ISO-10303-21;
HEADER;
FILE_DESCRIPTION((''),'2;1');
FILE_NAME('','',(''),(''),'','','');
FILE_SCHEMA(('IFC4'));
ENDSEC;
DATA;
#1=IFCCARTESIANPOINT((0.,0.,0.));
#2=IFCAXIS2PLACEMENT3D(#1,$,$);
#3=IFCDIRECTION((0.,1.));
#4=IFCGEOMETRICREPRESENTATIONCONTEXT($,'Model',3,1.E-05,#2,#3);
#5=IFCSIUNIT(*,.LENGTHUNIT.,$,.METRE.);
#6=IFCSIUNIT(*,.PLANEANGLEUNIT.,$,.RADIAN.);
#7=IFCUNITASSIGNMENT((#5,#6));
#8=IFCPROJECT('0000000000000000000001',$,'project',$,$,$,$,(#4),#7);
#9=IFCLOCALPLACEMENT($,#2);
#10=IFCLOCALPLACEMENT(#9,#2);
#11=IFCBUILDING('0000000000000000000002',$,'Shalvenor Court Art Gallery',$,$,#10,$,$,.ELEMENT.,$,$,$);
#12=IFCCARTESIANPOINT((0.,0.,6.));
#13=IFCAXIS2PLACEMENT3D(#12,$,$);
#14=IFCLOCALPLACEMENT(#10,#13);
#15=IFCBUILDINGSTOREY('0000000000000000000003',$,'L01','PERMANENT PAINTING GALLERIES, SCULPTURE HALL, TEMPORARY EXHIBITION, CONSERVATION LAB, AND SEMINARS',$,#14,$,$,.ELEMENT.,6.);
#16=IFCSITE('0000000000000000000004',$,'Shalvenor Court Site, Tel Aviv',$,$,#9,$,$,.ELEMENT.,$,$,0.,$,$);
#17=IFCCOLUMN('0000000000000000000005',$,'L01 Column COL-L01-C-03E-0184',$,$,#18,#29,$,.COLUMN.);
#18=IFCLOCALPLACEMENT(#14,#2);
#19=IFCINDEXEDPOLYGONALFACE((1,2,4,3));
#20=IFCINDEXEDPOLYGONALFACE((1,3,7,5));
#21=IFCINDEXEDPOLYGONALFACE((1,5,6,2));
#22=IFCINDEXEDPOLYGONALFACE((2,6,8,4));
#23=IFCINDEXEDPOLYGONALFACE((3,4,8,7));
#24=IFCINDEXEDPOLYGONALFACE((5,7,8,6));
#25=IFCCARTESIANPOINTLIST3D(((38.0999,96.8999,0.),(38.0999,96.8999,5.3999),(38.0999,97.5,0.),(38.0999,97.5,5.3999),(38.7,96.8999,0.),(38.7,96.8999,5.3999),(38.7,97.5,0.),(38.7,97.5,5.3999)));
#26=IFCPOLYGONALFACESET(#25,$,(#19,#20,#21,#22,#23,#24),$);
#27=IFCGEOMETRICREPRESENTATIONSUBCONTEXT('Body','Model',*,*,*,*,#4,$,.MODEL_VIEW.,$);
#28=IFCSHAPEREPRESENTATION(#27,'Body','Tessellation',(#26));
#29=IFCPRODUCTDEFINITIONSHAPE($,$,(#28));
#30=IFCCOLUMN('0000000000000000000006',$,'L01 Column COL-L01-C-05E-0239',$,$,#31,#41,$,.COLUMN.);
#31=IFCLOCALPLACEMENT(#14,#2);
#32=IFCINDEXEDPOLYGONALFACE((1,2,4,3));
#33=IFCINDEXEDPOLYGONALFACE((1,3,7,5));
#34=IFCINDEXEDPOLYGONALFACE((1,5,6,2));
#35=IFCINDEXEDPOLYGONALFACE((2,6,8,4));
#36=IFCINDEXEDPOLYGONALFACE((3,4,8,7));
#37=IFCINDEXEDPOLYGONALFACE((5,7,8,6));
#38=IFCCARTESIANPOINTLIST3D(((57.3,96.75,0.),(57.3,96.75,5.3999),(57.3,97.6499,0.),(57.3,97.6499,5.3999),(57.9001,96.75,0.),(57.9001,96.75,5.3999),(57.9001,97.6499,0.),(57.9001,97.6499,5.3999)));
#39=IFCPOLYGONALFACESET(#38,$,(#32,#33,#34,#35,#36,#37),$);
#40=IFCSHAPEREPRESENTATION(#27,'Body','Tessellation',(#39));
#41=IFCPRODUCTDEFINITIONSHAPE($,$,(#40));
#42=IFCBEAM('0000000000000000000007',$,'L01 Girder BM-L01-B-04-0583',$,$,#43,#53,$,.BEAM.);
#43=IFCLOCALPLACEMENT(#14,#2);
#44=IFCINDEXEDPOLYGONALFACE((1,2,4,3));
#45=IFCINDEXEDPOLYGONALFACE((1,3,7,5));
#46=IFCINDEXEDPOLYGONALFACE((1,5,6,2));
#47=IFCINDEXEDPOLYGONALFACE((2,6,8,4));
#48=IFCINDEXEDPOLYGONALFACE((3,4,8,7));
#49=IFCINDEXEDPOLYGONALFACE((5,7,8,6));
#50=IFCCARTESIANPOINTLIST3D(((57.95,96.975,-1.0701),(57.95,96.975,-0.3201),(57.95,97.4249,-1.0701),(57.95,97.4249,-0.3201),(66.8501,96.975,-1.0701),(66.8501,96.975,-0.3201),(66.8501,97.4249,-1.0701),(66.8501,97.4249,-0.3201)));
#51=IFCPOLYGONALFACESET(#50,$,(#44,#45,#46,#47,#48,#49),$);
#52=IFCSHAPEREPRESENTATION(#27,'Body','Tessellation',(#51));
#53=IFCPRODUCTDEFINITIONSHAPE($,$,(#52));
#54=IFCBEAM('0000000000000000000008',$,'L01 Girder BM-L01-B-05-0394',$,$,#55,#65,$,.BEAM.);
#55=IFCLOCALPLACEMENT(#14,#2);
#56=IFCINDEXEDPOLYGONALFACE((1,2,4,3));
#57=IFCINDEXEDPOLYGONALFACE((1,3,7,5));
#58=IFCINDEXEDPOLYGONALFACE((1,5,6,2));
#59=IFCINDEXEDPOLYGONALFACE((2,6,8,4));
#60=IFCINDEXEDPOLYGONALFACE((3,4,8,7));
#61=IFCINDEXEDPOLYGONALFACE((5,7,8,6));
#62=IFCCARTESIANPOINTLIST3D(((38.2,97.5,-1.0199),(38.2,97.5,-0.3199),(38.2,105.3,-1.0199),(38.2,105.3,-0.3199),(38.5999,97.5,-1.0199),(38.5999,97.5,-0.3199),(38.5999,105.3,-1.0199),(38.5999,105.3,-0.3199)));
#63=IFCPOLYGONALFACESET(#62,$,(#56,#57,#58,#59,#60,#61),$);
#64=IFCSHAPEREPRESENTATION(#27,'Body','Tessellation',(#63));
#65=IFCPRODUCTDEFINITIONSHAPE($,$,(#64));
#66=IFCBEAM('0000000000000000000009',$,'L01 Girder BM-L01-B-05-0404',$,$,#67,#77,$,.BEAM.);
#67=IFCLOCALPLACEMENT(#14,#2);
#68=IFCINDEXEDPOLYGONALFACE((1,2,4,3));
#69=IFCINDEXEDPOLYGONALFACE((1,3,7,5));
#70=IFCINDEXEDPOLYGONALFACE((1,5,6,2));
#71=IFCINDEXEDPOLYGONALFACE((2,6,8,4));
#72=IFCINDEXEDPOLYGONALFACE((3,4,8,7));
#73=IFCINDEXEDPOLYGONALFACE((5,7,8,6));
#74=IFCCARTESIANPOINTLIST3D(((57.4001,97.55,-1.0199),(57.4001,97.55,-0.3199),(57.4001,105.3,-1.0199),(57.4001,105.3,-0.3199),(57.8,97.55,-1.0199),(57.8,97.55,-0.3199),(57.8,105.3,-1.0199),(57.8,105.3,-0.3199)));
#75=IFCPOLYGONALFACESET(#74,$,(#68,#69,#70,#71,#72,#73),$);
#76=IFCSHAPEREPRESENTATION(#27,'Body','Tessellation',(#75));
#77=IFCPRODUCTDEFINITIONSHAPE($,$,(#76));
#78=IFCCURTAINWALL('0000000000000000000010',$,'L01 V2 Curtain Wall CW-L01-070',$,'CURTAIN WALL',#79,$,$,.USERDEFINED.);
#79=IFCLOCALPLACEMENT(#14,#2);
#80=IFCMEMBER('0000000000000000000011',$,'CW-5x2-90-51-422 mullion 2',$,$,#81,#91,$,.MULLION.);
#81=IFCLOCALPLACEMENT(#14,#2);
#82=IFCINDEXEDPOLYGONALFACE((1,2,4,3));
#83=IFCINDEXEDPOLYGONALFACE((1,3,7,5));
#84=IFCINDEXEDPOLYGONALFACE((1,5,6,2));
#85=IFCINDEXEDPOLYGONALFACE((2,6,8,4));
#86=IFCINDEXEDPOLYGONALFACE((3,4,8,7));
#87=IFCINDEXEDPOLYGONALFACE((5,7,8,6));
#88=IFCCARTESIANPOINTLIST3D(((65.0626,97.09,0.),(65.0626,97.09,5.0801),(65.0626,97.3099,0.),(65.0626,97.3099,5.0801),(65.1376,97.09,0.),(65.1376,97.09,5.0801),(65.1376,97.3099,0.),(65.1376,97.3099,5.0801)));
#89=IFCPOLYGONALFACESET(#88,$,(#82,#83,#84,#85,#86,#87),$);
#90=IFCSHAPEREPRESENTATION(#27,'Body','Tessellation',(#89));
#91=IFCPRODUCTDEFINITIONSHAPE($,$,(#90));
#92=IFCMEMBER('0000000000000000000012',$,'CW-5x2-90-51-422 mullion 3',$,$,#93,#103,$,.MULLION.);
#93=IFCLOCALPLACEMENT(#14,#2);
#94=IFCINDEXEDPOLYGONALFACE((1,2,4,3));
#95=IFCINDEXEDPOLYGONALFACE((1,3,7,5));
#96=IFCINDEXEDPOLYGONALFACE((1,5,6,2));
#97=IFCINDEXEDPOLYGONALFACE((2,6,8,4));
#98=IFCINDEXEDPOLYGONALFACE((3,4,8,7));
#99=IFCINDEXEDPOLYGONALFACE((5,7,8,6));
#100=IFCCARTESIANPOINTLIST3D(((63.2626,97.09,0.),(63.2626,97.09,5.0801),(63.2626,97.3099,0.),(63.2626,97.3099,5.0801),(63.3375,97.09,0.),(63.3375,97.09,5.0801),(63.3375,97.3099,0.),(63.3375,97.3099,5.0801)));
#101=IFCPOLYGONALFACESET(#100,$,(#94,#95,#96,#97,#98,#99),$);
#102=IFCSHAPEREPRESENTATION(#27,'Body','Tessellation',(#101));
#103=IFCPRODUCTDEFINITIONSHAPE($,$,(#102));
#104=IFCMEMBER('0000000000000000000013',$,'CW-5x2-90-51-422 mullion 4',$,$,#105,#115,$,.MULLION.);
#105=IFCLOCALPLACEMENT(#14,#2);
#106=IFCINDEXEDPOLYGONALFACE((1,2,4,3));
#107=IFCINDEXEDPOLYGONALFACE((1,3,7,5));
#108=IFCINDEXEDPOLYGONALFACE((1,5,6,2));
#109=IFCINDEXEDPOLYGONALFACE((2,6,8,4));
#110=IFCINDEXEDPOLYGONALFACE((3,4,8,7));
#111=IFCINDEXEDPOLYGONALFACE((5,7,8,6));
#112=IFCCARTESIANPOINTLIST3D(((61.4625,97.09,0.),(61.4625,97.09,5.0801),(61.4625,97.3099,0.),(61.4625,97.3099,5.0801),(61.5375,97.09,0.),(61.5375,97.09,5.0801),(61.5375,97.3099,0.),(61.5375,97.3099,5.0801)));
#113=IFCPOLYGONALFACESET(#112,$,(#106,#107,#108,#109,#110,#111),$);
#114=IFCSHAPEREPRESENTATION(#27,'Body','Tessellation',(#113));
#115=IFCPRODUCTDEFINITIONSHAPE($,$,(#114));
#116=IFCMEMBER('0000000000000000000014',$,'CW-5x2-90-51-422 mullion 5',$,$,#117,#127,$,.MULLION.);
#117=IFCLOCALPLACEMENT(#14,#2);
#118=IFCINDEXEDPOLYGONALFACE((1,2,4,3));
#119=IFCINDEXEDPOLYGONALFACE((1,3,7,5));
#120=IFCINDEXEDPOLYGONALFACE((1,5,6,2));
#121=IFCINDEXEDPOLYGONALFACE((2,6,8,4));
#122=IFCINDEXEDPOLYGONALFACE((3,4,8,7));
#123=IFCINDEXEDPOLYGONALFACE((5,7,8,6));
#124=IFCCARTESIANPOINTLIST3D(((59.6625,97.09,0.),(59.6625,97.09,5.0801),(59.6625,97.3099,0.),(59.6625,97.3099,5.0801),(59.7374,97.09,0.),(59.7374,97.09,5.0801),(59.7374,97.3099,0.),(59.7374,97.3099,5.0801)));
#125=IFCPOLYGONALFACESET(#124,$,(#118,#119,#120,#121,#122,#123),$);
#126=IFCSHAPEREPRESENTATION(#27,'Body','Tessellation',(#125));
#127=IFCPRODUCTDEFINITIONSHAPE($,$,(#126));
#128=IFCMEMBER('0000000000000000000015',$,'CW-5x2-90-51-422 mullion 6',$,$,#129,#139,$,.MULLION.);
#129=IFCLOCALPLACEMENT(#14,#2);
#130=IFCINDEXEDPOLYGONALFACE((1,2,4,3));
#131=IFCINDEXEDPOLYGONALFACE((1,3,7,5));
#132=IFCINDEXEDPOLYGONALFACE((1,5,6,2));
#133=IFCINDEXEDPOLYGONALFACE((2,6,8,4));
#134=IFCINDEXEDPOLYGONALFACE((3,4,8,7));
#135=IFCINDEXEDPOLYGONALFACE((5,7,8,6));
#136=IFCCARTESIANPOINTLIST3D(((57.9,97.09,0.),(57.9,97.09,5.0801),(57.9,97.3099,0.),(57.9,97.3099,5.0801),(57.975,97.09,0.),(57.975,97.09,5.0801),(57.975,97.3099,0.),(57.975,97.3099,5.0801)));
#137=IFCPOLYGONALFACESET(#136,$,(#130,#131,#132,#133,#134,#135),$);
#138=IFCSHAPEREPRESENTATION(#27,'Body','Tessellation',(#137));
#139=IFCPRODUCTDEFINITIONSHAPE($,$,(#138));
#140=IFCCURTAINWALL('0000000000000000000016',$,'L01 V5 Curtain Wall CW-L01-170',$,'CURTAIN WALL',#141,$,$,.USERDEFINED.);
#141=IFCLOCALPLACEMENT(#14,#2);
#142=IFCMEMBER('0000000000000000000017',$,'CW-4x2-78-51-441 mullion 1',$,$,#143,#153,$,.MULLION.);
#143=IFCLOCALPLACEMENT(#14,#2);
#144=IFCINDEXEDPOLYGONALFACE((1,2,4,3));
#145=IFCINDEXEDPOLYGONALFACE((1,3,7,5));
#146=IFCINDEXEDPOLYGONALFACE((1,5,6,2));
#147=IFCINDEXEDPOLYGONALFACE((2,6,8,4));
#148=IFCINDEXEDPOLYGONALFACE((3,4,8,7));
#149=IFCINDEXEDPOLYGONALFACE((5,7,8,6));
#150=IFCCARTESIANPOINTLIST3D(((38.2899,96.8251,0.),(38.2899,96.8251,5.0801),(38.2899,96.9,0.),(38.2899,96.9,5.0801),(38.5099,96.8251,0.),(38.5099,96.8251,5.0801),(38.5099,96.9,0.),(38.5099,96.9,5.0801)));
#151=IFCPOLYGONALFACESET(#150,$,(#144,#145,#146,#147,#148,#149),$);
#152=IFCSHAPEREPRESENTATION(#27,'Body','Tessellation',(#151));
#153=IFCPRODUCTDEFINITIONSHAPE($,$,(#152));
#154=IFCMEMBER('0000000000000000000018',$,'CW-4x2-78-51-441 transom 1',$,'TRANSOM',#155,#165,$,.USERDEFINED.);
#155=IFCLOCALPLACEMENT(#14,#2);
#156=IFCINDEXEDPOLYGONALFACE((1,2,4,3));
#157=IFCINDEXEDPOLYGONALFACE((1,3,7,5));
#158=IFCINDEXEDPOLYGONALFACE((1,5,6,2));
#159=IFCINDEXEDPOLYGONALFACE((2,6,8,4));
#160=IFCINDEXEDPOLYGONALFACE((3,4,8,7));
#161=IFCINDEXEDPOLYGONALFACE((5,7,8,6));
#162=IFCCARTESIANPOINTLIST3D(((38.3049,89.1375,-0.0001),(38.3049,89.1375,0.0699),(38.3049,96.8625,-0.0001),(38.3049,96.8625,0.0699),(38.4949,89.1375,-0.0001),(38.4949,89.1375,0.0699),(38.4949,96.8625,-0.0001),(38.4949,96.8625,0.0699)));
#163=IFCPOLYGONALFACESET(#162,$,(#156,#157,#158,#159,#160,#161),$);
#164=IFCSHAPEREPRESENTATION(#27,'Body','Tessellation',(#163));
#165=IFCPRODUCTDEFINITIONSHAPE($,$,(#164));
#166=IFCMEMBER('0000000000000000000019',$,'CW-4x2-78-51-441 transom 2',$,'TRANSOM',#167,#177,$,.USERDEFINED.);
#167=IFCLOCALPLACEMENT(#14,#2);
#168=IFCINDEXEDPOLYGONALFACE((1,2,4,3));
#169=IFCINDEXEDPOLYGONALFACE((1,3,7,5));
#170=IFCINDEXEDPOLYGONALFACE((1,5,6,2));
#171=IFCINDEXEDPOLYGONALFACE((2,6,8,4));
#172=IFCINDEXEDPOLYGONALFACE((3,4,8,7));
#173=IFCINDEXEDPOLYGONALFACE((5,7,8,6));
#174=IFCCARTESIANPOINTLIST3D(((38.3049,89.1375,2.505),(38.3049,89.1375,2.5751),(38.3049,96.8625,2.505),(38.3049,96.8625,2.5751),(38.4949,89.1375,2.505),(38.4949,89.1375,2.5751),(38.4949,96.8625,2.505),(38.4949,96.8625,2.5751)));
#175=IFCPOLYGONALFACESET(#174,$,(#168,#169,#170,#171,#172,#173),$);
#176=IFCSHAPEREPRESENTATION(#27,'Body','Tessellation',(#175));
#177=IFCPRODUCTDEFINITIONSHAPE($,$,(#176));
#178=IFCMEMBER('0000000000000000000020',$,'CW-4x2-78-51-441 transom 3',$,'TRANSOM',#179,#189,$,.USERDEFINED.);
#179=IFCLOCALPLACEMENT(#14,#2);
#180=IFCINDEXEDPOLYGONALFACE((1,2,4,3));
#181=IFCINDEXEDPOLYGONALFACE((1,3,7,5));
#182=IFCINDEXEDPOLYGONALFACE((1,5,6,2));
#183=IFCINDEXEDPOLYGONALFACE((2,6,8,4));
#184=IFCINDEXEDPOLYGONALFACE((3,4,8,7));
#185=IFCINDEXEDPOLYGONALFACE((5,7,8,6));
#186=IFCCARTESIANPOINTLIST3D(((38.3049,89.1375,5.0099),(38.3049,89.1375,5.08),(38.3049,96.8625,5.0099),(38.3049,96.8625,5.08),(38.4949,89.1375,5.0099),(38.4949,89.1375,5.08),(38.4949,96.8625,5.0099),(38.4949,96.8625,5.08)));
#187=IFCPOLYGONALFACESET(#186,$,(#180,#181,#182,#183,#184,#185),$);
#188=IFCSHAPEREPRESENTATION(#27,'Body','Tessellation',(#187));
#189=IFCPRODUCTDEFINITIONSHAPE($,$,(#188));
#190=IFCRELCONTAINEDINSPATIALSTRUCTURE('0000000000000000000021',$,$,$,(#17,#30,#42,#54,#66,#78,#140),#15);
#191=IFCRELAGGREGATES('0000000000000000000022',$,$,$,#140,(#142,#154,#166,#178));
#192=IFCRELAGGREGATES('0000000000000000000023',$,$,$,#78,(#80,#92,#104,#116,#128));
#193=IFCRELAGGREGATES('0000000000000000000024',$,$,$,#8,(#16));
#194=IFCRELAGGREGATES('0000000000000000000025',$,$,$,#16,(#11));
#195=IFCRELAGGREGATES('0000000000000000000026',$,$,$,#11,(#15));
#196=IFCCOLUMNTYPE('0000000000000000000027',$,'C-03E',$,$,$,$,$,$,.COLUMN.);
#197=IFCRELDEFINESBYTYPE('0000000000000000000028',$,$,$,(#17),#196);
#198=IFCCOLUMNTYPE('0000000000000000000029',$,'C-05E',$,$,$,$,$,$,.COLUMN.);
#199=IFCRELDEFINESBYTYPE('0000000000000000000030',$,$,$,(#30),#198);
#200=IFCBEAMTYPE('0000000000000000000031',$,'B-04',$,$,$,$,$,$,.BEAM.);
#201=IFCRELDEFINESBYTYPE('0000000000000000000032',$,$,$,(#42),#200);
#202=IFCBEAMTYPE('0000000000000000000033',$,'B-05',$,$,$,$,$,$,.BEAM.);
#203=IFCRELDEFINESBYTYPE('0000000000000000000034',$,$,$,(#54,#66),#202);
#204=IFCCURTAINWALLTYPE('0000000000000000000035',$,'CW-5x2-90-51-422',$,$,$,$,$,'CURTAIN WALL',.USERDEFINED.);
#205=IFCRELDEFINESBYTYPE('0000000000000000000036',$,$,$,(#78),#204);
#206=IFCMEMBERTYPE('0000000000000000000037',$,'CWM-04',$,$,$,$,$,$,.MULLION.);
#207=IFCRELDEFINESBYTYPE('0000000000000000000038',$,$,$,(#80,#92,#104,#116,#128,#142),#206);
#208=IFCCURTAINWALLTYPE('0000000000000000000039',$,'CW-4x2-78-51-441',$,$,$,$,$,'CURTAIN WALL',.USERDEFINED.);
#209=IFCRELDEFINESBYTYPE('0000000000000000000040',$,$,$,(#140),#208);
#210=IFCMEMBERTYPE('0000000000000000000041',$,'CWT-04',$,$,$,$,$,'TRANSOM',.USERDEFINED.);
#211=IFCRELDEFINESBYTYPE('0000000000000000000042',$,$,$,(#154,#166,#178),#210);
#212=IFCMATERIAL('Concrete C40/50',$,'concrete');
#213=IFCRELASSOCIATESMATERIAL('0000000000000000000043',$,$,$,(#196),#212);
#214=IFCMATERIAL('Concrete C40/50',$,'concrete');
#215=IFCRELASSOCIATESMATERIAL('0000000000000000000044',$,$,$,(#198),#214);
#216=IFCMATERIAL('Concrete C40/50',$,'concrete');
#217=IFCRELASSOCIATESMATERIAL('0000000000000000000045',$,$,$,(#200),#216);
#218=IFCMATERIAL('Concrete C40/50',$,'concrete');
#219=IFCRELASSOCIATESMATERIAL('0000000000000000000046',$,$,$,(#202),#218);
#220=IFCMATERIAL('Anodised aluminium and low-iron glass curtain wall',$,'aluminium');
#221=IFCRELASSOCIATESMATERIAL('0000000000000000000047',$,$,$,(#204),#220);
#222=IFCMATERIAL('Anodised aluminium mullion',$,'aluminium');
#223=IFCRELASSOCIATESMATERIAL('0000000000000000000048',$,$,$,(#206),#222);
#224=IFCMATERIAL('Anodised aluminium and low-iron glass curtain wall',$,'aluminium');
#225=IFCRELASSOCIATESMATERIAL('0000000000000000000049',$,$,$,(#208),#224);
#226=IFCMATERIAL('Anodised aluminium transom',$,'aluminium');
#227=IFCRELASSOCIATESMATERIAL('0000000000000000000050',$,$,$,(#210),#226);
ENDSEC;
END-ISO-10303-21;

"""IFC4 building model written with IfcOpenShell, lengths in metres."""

from ifc_helpers import new_model, si_unit, direction, frame, origin, origin_2d, place, context, subcontext, project, spatial, rectangle, extrude, material, material_profile, profile_set, type_object, element, aggregate, save


model = new_model("IFC4")

# Units and contexts
model_context = context("Model", 3, precision=1e-05, world=origin(), true_north=direction((0.0, 1.0)))
body_context = subcontext(model_context, "Body", "Model", "MODEL_VIEW")
ifc_project = project(units=[si_unit("LENGTHUNIT", "METRE"), si_unit("PLANEANGLEUNIT", "RADIAN")], contexts=[model_context])

# Site, building, storey
site_placement = place(None, origin())
site = spatial("IfcSite", under=ifc_project, at=site_placement, Name="Shalvenor Court Site, Tel Aviv", CompositionType="ELEMENT", RefElevation=0.0)
building_placement = place(site_placement, origin())
building = spatial("IfcBuilding", under=site, at=building_placement, Name="Shalvenor Court Art Gallery", CompositionType="ELEMENT")
storey_placement = place(building_placement, frame((0.0, 0.0, 6.0)))
storey = spatial("IfcBuildingStorey", under=building, at=storey_placement, Name="L01", Description="PERMANENT PAINTING GALLERIES, SCULPTURE HALL, TEMPORARY EXHIBITION, CONSERVATION LAB, AND SEMINARS", CompositionType="ELEMENT", Elevation=6.0)

# Columns
ifc_material_1 = material(Name="Concrete C40/50", Category="concrete")
ifc_material_profile_1 = material_profile(ifc_material_1, rectangle(XDim=0.6001, YDim=0.6001, at=origin_2d()), Name="RC 600x600")
ifc_profile_set_1 = profile_set([ifc_material_profile_1], Name="Concrete C40/50")
column_type_1 = type_object("IfcColumnType", Name="C-03E", PredefinedType="COLUMN", material=ifc_profile_set_1)
column_1_placement = place(storey_placement, frame((38.3999, 97.2, 0.0), z_axis=(0.0, 0.0, 1.0), x_axis=(1.0, 0.0, 0.0)))
element("IfcColumn", 1, at=column_1_placement, inside=storey, type_object=column_type_1, Name="L01 Column COL-L01-C-03E-0184", PredefinedType="COLUMN", context=body_context, shape_type="SweptSolid", body=[
    extrude(rectangle(XDim=0.6001, YDim=0.6001, at=origin_2d()), origin(), (0.0, 0.0, 1.0), 5.3999),
])
ifc_material_2 = material(Name="Concrete C40/50", Category="concrete")
ifc_material_profile_2 = material_profile(ifc_material_2, rectangle(XDim=0.6001, YDim=0.8999, at=origin_2d()), Name="RC 600x900")
ifc_profile_set_2 = profile_set([ifc_material_profile_2], Name="Concrete C40/50")
column_type_2 = type_object("IfcColumnType", Name="C-05E", PredefinedType="COLUMN", material=ifc_profile_set_2)
column_2_placement = place(storey_placement, frame((57.6001, 97.2, 0.0), z_axis=(0.0, 0.0, 1.0), x_axis=(1.0, 0.0, 0.0)))
element("IfcColumn", 2, at=column_2_placement, inside=storey, type_object=column_type_2, Name="L01 Column COL-L01-C-05E-0239", PredefinedType="COLUMN", context=body_context, shape_type="SweptSolid", body=[
    extrude(rectangle(XDim=0.6001, YDim=0.8999, at=origin_2d()), origin(), (0.0, 0.0, 1.0), 5.3999),
])

# Beams
ifc_material_3 = material(Name="Concrete C40/50", Category="concrete")
ifc_material_profile_3 = material_profile(ifc_material_3, rectangle(XDim=0.45, YDim=0.75, at=origin_2d()), Name="RC 450x750")
ifc_profile_set_3 = profile_set([ifc_material_profile_3], Name="Concrete C40/50")
beam_type_1 = type_object("IfcBeamType", Name="B-04", PredefinedType="BEAM", material=ifc_profile_set_3)
beam_1_placement = place(storey_placement, frame((57.95, 97.2, -0.6951), z_axis=(1.0, 0.0, 0.0), x_axis=(0.0, 1.0, 0.0)))
element("IfcBeam", 3, at=beam_1_placement, inside=storey, type_object=beam_type_1, Name="L01 Girder BM-L01-B-04-0583", PredefinedType="BEAM", context=body_context, shape_type="SweptSolid", body=[
    extrude(rectangle(XDim=0.45, YDim=0.75, at=origin_2d()), origin(), (0.0, 0.0, 1.0), 8.9001),
])
ifc_material_4 = material(Name="Concrete C40/50", Category="concrete")
ifc_material_profile_4 = material_profile(ifc_material_4, rectangle(XDim=0.3999, YDim=0.7, at=origin_2d()), Name="RC 400x700")
ifc_profile_set_4 = profile_set([ifc_material_profile_4], Name="Concrete C40/50")
beam_type_2 = type_object("IfcBeamType", Name="B-05", PredefinedType="BEAM", material=ifc_profile_set_4)
beam_2_placement = place(storey_placement, frame((38.3999, 97.5, -0.6699), z_axis=(0.0, 1.0, 0.0), x_axis=(-1.0, 0.0, 0.0)))
element("IfcBeam", 4, at=beam_2_placement, inside=storey, type_object=beam_type_2, Name="L01 Girder BM-L01-B-05-0394", PredefinedType="BEAM", context=body_context, shape_type="SweptSolid", body=[
    extrude(rectangle(XDim=0.3999, YDim=0.7, at=origin_2d()), origin(), (0.0, 0.0, 1.0), 7.8),
])
beam_3_placement = place(storey_placement, frame((57.6001, 97.55, -0.6699), z_axis=(0.0, 1.0, 0.0), x_axis=(-1.0, 0.0, 0.0)))
element("IfcBeam", 5, at=beam_3_placement, inside=storey, type_object=beam_type_2, Name="L01 Girder BM-L01-B-05-0404", PredefinedType="BEAM", context=body_context, shape_type="SweptSolid", body=[
    extrude(rectangle(XDim=0.3999, YDim=0.7, at=origin_2d()), origin(), (0.0, 0.0, 1.0), 7.75),
])

# Curtain walls, members
ifc_material_5 = material(Name="Anodised aluminium and low-iron glass curtain wall", Category="aluminium")
curtain_wall_type_1 = type_object("IfcCurtainWallType", Name="CW-5x2-90-51-422", ElementType="CURTAIN WALL", PredefinedType="USERDEFINED", material=ifc_material_5)
curtain_wall_1_placement = place(storey_placement, origin())
curtain_wall_1 = element("IfcCurtainWall", 6, at=curtain_wall_1_placement, inside=storey, type_object=curtain_wall_type_1, Name="L01 V2 Curtain Wall CW-L01-070", ObjectType="CURTAIN WALL", PredefinedType="USERDEFINED")
ifc_material_6 = material(Name="Anodised aluminium mullion", Category="aluminium")
ifc_material_profile_5 = material_profile(ifc_material_6, rectangle(XDim=0.075, YDim=0.22, at=origin_2d()), Name="CWM-04")
ifc_profile_set_5 = profile_set([ifc_material_profile_5], Name="Anodised aluminium mullion")
member_type_1 = type_object("IfcMemberType", Name="CWM-04", PredefinedType="MULLION", material=ifc_profile_set_5)
member_1_placement = place(storey_placement, frame((65.1001, 97.2, 0.0), z_axis=(0.0, 0.0, 1.0), x_axis=(-1.0, 0.0, 0.0)))
member_1 = element("IfcMember", 7, at=member_1_placement, type_object=member_type_1, Name="CW-5x2-90-51-422 mullion 2", PredefinedType="MULLION", context=body_context, shape_type="SweptSolid", body=[
    extrude(rectangle(XDim=0.075, YDim=0.22, at=origin_2d()), origin(), (0.0, 0.0, 1.0), 5.0801),
])
member_2_placement = place(storey_placement, frame((63.3, 97.2, 0.0), z_axis=(0.0, 0.0, 1.0), x_axis=(-1.0, 0.0, 0.0)))
member_2 = element("IfcMember", 8, at=member_2_placement, type_object=member_type_1, Name="CW-5x2-90-51-422 mullion 3", PredefinedType="MULLION", context=body_context, shape_type="SweptSolid", body=[
    extrude(rectangle(XDim=0.075, YDim=0.22, at=origin_2d()), origin(), (0.0, 0.0, 1.0), 5.0801),
])
member_3_placement = place(storey_placement, frame((61.5, 97.2, 0.0), z_axis=(0.0, 0.0, 1.0), x_axis=(-1.0, 0.0, 0.0)))
member_3 = element("IfcMember", 9, at=member_3_placement, type_object=member_type_1, Name="CW-5x2-90-51-422 mullion 4", PredefinedType="MULLION", context=body_context, shape_type="SweptSolid", body=[
    extrude(rectangle(XDim=0.075, YDim=0.22, at=origin_2d()), origin(), (0.0, 0.0, 1.0), 5.0801),
])
member_4_placement = place(storey_placement, frame((59.7, 97.2, 0.0), z_axis=(0.0, 0.0, 1.0), x_axis=(-1.0, 0.0, 0.0)))
member_4 = element("IfcMember", 10, at=member_4_placement, type_object=member_type_1, Name="CW-5x2-90-51-422 mullion 5", PredefinedType="MULLION", context=body_context, shape_type="SweptSolid", body=[
    extrude(rectangle(XDim=0.075, YDim=0.22, at=origin_2d()), origin(), (0.0, 0.0, 1.0), 5.0801),
])
member_5_placement = place(storey_placement, frame((57.9375, 97.2, 0.0), z_axis=(0.0, 0.0, 1.0), x_axis=(-1.0, 0.0, 0.0)))
member_5 = element("IfcMember", 11, at=member_5_placement, type_object=member_type_1, Name="CW-5x2-90-51-422 mullion 6", PredefinedType="MULLION", context=body_context, shape_type="SweptSolid", body=[
    extrude(rectangle(XDim=0.075, YDim=0.22, at=origin_2d()), origin(), (0.0, 0.0, 1.0), 5.0801),
])
ifc_material_7 = material(Name="Anodised aluminium and low-iron glass curtain wall", Category="aluminium")
curtain_wall_type_2 = type_object("IfcCurtainWallType", Name="CW-4x2-78-51-441", ElementType="CURTAIN WALL", PredefinedType="USERDEFINED", material=ifc_material_7)
curtain_wall_2_placement = place(storey_placement, origin())
curtain_wall_2 = element("IfcCurtainWall", 12, at=curtain_wall_2_placement, inside=storey, type_object=curtain_wall_type_2, Name="L01 V5 Curtain Wall CW-L01-170", ObjectType="CURTAIN WALL", PredefinedType="USERDEFINED")
member_6_placement = place(storey_placement, frame((38.3999, 96.8625, 0.0), z_axis=(0.0, 0.0, 1.0), x_axis=(0.0, -1.0, 0.0)))
member_6 = element("IfcMember", 13, at=member_6_placement, type_object=member_type_1, Name="CW-4x2-78-51-441 mullion 1", PredefinedType="MULLION", context=body_context, shape_type="SweptSolid", body=[
    extrude(rectangle(XDim=0.075, YDim=0.22, at=origin_2d()), origin(), (0.0, 0.0, 1.0), 5.0801),
])
ifc_material_8 = material(Name="Anodised aluminium transom", Category="aluminium")
ifc_material_profile_6 = material_profile(ifc_material_8, rectangle(XDim=0.1899, YDim=0.0701, at=origin_2d()), Name="CWT-04")
ifc_profile_set_6 = profile_set([ifc_material_profile_6], Name="Anodised aluminium transom")
member_type_2 = type_object("IfcMemberType", Name="CWT-04", ElementType="TRANSOM", PredefinedType="USERDEFINED", material=ifc_profile_set_6)
member_7_placement = place(storey_placement, frame((38.3999, 96.8625, 0.0349), z_axis=(0.0, -1.0, 0.0), x_axis=(1.0, 0.0, 0.0)))
member_7 = element("IfcMember", 14, at=member_7_placement, type_object=member_type_2, Name="CW-4x2-78-51-441 transom 1", ObjectType="TRANSOM", PredefinedType="USERDEFINED", context=body_context, shape_type="SweptSolid", body=[
    extrude(rectangle(XDim=0.1899, YDim=0.0701, at=origin_2d()), origin(), (0.0, 0.0, 1.0), 7.7251),
])
member_8_placement = place(storey_placement, frame((38.3999, 96.8625, 2.54), z_axis=(0.0, -1.0, 0.0), x_axis=(1.0, 0.0, 0.0)))
member_8 = element("IfcMember", 15, at=member_8_placement, type_object=member_type_2, Name="CW-4x2-78-51-441 transom 2", ObjectType="TRANSOM", PredefinedType="USERDEFINED", context=body_context, shape_type="SweptSolid", body=[
    extrude(rectangle(XDim=0.1899, YDim=0.0701, at=origin_2d()), origin(), (0.0, 0.0, 1.0), 7.7251),
])
member_9_placement = place(storey_placement, frame((38.3999, 96.8625, 5.0449), z_axis=(0.0, -1.0, 0.0), x_axis=(1.0, 0.0, 0.0)))
member_9 = element("IfcMember", 16, at=member_9_placement, type_object=member_type_2, Name="CW-4x2-78-51-441 transom 3", ObjectType="TRANSOM", PredefinedType="USERDEFINED", context=body_context, shape_type="SweptSolid", body=[
    extrude(rectangle(XDim=0.1899, YDim=0.0701, at=origin_2d()), origin(), (0.0, 0.0, 1.0), 7.7251),
])
aggregate(curtain_wall_2, [member_6, member_7, member_8, member_9])

aggregate(curtain_wall_1, [member_1, member_2, member_3, member_4, member_5])

save(model, "model.ifc")
